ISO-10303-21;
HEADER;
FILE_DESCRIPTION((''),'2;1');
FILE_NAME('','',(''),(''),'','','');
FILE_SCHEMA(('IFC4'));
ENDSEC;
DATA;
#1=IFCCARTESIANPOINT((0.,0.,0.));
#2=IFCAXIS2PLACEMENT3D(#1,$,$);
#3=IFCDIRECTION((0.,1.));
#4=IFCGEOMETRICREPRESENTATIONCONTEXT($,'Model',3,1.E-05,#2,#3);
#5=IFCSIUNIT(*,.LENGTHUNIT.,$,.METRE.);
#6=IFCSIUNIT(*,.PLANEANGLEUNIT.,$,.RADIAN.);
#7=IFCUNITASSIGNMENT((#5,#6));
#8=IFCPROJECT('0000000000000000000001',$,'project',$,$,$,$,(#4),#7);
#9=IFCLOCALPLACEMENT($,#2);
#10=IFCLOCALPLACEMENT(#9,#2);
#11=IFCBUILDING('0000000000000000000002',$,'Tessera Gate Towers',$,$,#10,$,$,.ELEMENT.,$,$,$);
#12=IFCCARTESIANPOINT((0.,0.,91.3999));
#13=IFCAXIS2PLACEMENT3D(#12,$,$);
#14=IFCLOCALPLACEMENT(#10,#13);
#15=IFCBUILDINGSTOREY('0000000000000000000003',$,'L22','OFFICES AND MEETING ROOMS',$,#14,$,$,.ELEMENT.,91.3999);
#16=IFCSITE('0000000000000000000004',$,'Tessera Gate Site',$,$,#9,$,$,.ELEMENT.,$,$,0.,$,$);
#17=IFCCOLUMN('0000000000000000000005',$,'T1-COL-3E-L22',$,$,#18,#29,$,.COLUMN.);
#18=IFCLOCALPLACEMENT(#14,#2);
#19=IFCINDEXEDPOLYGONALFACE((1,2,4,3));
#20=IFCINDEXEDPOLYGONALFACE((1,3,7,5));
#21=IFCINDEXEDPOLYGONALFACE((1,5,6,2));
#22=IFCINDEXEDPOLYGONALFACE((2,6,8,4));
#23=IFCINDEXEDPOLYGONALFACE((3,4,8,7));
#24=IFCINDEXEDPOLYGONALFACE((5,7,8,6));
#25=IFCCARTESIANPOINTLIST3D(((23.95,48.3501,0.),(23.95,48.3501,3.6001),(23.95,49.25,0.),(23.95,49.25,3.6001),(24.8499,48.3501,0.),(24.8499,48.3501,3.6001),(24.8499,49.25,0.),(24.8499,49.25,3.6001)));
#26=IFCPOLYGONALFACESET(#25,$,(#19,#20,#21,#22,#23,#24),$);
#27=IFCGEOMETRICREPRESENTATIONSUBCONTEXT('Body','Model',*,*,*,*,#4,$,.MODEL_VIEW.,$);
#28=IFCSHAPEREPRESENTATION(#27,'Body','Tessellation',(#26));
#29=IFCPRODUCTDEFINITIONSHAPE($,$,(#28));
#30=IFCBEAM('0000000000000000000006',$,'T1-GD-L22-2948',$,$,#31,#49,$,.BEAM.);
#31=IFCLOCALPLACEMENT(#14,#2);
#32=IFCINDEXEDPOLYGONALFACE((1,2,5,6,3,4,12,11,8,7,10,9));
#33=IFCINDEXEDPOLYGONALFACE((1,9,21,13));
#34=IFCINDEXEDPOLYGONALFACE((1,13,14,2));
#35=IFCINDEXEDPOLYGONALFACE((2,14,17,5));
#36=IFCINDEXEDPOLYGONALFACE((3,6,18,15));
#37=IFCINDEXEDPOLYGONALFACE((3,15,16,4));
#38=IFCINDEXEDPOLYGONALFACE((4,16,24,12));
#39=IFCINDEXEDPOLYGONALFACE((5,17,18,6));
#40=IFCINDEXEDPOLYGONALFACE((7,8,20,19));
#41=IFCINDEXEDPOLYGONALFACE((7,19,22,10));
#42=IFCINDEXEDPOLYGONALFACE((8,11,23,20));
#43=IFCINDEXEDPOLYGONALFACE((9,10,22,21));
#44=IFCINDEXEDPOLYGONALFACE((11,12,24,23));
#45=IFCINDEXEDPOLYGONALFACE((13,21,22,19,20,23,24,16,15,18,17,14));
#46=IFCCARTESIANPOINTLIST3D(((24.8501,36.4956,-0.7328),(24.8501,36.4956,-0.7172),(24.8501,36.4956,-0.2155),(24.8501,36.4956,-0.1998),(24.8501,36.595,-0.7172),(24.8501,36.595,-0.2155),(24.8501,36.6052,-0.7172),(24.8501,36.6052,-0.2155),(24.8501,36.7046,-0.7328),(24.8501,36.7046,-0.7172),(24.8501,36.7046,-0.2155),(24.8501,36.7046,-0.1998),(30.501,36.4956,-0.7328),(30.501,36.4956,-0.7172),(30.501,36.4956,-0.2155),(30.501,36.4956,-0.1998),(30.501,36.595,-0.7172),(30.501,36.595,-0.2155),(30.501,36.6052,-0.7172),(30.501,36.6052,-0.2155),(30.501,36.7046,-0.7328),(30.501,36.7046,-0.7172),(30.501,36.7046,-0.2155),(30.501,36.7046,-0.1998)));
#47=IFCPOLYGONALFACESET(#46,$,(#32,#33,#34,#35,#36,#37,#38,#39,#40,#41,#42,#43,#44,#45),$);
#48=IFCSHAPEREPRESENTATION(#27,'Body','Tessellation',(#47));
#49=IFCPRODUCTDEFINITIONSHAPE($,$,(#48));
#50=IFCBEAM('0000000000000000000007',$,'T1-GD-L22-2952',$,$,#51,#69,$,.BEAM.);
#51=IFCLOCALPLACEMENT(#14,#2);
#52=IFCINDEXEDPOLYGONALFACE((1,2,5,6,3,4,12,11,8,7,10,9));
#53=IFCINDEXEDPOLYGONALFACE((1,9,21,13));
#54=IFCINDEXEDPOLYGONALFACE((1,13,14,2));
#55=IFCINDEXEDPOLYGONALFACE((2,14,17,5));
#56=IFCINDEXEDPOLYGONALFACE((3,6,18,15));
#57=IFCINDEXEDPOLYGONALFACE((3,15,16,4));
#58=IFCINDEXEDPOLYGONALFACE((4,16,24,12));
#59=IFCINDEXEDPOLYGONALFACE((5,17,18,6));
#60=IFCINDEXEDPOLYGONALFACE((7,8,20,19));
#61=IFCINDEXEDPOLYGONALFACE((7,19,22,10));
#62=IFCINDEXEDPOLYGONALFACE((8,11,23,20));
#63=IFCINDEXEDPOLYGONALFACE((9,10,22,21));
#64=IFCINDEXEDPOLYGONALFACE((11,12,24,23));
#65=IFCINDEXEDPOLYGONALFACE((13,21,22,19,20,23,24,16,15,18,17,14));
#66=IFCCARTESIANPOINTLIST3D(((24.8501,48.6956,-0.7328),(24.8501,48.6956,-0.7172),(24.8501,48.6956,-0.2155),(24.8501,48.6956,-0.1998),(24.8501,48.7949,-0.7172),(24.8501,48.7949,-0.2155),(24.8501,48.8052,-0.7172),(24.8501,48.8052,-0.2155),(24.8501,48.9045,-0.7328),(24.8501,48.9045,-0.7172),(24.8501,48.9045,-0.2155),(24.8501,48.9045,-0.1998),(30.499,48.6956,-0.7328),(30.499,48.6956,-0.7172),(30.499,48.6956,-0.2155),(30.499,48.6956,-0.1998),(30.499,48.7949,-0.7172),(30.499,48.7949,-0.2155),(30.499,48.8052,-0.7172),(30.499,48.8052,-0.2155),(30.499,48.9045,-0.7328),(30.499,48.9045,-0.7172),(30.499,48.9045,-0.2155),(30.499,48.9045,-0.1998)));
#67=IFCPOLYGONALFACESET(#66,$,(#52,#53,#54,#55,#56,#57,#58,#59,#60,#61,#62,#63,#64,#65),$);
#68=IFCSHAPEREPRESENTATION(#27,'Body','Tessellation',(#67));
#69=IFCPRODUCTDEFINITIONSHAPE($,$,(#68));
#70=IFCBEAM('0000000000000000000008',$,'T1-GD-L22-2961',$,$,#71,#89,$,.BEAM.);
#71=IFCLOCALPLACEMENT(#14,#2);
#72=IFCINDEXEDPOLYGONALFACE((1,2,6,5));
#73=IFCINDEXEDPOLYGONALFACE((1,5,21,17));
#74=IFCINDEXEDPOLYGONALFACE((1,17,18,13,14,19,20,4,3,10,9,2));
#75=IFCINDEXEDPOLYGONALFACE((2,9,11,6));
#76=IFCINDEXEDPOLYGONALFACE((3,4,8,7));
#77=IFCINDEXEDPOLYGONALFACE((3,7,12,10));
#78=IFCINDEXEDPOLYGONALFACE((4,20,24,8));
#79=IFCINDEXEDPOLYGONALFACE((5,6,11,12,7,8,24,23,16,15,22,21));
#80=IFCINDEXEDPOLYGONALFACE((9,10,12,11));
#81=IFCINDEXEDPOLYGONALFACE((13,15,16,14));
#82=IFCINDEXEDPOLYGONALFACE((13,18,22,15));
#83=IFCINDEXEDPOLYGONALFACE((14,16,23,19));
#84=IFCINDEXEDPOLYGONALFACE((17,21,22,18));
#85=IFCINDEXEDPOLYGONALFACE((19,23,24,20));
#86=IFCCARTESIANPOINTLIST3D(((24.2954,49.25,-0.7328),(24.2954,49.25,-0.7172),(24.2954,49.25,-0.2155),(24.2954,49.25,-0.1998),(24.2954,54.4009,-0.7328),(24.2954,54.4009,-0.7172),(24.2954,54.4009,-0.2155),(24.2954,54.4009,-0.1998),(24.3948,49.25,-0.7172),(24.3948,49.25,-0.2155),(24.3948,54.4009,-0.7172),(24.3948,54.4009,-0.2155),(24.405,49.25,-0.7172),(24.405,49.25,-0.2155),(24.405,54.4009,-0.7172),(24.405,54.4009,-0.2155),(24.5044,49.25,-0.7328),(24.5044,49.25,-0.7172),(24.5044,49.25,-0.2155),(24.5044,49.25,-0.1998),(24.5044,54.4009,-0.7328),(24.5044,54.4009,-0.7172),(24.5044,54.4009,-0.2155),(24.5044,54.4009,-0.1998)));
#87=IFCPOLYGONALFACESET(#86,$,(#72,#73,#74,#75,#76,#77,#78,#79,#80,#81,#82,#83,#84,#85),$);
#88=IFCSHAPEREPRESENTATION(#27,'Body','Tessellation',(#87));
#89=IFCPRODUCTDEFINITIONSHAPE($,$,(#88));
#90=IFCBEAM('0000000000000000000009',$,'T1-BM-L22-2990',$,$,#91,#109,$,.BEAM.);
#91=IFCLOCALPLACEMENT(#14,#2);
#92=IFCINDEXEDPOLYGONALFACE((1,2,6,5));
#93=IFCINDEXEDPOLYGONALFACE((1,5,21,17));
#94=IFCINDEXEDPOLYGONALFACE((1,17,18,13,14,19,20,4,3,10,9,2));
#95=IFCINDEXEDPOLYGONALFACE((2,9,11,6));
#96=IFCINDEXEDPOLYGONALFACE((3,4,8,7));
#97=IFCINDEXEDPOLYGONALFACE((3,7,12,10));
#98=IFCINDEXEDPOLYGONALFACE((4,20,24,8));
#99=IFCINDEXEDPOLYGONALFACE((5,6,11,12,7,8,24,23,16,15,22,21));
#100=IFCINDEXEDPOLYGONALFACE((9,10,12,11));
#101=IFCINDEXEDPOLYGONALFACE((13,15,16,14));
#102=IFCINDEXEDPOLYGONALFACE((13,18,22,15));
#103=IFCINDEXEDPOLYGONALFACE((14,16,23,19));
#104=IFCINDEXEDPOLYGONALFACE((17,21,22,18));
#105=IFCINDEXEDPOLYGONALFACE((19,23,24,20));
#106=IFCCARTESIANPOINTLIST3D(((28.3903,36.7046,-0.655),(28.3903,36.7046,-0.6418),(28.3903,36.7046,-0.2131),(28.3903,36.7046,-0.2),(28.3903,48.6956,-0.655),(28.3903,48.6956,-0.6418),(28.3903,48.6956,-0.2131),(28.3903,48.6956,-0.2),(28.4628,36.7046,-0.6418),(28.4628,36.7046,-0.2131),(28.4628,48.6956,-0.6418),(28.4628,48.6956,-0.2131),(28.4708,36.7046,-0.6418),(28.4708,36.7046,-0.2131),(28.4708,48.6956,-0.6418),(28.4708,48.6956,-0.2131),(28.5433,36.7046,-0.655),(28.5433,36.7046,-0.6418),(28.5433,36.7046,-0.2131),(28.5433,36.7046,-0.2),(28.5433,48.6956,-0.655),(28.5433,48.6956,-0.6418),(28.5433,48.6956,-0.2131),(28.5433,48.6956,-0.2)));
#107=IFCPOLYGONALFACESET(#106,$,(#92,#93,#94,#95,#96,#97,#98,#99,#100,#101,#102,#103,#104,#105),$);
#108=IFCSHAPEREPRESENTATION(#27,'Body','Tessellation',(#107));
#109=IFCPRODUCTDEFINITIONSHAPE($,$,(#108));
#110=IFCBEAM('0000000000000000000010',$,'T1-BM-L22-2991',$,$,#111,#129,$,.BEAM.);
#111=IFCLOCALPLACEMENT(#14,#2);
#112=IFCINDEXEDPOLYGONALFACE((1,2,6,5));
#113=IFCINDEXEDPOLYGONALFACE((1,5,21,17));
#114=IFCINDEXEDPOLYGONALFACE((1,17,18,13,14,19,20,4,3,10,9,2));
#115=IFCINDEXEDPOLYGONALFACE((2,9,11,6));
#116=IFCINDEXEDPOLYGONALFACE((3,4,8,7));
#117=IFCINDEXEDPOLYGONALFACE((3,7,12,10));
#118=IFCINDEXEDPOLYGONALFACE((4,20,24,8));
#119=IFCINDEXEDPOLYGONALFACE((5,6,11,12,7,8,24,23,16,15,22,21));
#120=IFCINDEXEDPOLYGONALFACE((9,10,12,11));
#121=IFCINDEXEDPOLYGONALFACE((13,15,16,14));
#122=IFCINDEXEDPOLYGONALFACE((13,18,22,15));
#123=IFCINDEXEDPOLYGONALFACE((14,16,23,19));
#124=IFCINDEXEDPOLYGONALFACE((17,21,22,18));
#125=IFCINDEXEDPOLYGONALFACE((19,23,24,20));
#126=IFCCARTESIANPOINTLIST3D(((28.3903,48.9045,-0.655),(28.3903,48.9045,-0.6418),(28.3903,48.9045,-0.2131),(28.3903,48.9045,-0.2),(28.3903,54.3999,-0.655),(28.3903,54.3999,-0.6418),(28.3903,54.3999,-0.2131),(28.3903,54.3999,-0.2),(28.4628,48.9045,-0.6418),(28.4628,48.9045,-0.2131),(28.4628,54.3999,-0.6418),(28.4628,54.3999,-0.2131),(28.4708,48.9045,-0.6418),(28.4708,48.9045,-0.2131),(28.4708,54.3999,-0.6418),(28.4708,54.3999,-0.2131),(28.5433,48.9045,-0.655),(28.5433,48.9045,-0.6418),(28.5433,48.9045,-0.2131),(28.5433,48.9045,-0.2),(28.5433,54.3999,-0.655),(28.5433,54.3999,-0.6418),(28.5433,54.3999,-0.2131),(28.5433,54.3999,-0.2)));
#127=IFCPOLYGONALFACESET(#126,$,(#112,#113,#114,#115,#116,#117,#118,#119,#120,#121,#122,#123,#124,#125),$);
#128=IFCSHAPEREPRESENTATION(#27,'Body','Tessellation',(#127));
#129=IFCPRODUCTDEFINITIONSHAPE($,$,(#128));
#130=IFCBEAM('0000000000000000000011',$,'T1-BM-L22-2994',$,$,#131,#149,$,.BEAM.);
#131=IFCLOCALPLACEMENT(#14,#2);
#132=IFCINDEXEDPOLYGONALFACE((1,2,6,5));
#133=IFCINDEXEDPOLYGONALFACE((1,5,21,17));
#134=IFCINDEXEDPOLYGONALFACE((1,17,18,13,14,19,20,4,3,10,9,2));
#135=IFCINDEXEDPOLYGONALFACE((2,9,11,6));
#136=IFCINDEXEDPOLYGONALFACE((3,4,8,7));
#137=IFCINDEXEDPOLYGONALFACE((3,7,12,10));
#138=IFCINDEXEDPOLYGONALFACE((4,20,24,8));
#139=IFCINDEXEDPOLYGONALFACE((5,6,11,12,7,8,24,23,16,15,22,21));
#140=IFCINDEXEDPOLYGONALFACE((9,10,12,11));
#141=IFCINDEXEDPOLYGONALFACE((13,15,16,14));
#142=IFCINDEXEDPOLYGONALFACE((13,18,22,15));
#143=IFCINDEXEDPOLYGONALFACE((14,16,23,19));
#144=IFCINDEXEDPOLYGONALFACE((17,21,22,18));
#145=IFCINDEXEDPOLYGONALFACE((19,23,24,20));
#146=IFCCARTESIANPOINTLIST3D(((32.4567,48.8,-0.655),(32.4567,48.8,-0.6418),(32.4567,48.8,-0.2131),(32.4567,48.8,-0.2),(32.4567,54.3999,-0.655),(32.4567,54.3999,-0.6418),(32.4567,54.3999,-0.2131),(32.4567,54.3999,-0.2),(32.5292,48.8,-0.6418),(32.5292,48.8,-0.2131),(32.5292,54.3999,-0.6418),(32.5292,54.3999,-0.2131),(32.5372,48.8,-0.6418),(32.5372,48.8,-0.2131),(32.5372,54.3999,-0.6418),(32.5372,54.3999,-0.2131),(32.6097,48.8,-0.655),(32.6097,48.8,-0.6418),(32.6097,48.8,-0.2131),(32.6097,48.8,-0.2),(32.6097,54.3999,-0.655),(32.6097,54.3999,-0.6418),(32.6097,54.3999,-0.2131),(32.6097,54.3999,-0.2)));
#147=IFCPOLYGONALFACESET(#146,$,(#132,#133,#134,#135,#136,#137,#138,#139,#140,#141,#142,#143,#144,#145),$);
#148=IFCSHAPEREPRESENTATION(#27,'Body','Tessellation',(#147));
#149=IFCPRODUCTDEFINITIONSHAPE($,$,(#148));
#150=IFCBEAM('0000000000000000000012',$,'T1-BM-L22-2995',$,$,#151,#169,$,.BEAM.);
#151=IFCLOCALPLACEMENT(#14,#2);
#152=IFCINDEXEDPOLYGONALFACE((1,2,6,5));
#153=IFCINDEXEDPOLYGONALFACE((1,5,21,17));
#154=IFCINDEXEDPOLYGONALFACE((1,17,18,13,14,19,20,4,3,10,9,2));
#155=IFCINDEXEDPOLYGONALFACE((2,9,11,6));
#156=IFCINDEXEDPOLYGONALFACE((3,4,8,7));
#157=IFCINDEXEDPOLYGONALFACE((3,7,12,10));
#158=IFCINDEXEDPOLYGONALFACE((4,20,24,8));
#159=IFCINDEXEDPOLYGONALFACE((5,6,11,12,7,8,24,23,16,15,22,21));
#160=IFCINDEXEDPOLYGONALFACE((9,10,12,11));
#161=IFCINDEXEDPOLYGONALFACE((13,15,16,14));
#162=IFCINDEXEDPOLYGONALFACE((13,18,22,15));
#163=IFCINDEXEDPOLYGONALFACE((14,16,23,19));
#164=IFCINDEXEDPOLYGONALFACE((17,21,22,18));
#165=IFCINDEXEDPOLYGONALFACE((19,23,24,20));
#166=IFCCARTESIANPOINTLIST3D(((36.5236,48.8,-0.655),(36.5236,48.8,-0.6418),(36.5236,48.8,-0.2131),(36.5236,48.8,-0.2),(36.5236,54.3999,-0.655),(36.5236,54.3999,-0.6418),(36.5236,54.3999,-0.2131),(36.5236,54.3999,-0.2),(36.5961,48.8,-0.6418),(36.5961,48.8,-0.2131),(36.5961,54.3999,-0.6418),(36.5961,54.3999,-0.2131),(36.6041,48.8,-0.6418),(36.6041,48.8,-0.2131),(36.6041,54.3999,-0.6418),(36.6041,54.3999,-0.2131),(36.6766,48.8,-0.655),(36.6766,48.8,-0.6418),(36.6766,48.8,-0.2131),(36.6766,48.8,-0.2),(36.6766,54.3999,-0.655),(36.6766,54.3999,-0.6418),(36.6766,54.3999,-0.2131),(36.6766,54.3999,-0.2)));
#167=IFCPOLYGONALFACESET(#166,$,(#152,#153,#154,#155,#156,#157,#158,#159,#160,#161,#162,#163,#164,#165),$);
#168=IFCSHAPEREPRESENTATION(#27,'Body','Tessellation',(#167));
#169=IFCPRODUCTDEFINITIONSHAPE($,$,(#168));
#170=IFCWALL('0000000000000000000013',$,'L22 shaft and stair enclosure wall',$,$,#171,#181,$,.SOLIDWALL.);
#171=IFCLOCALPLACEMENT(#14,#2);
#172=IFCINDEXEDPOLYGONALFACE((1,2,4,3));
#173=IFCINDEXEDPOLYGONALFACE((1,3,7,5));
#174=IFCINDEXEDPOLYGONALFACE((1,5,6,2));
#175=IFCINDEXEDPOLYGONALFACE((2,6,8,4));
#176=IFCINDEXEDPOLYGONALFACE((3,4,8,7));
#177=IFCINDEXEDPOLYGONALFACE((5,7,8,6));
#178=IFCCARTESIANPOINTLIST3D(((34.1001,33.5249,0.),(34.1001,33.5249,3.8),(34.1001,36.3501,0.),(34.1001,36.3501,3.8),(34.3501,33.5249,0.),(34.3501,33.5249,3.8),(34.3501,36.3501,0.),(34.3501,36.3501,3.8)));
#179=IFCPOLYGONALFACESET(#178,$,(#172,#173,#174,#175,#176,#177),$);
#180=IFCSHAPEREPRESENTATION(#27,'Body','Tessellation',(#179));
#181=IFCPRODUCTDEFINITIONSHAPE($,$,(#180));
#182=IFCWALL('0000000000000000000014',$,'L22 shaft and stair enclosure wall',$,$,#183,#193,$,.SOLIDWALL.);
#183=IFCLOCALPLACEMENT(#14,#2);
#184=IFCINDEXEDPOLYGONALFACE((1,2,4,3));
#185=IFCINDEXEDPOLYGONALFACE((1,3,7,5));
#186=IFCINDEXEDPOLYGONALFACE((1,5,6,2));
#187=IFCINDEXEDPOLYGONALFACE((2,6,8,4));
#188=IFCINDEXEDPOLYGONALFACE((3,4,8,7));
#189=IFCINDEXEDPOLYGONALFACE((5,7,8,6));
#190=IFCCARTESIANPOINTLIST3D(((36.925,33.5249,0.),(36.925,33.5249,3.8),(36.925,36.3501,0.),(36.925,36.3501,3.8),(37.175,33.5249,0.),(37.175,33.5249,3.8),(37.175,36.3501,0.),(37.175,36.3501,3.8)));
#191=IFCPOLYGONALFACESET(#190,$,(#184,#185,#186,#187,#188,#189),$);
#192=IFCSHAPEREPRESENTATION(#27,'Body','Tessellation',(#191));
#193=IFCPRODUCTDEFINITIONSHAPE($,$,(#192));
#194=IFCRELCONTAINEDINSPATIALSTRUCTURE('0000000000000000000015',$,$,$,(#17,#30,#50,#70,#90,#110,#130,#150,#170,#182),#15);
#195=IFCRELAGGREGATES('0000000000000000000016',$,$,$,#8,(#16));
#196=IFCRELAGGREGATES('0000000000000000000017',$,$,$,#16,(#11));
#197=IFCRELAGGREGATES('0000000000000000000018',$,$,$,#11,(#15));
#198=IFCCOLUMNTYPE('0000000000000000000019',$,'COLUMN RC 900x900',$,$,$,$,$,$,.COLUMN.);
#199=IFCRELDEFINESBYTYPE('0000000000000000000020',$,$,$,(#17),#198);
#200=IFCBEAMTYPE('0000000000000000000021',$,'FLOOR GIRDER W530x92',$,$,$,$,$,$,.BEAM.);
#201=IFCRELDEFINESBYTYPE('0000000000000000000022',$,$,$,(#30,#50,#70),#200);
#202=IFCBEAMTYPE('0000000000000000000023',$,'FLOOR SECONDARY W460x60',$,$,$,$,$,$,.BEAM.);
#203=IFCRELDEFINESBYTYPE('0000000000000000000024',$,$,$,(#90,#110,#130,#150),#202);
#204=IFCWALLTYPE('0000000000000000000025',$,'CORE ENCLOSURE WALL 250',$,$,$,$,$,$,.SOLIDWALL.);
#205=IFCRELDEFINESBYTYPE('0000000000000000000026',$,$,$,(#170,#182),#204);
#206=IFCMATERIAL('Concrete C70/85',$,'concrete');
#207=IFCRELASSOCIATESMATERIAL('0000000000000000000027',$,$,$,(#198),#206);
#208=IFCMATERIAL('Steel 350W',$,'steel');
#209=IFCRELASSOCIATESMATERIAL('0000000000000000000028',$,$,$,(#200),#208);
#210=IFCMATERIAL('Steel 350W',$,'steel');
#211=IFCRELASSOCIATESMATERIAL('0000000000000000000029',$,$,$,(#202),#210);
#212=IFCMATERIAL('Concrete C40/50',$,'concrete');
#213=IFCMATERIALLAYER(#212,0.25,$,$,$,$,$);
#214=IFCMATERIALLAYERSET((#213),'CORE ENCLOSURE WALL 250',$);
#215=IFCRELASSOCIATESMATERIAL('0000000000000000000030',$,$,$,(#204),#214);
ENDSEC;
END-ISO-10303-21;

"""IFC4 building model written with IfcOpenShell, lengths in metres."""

from ifc_helpers import new_model, si_unit, direction, frame, frame_2d, origin, origin_2d, place, context, subcontext, project, spatial, rectangle, i_section, extrude, material, layer, layer_set, material_profile, profile_set, type_object, element, save


model = new_model("IFC4")

# Units and contexts
model_context = context("Model", 3, precision=1e-05, world=origin(), true_north=direction((0.0, 1.0)))
body_context = subcontext(model_context, "Body", "Model", "MODEL_VIEW")
ifc_project = project(units=[si_unit("LENGTHUNIT", "METRE"), si_unit("PLANEANGLEUNIT", "RADIAN")], contexts=[model_context])

# Site, building, storey
site_placement = place(None, origin())
site = spatial("IfcSite", under=ifc_project, at=site_placement, Name="Tessera Gate Site", CompositionType="ELEMENT", RefElevation=0.0)
building_placement = place(site_placement, origin())
building = spatial("IfcBuilding", under=site, at=building_placement, Name="Tessera Gate Towers", CompositionType="ELEMENT")
storey_placement = place(building_placement, frame((0.0, 0.0, 91.3999)))
storey = spatial("IfcBuildingStorey", under=building, at=storey_placement, Name="L22", Description="OFFICES AND MEETING ROOMS", CompositionType="ELEMENT", Elevation=91.3999)

# Column
ifc_material_1 = material(Name="Concrete C70/85", Category="concrete")
ifc_material_profile_1 = material_profile(ifc_material_1, rectangle(XDim=0.8999, YDim=0.8999, at=origin_2d()), Name="RC 900x900")
ifc_profile_set_1 = profile_set([ifc_material_profile_1], Name="Concrete C70/85")
column_type = type_object("IfcColumnType", Name="COLUMN RC 900x900", PredefinedType="COLUMN", material=ifc_profile_set_1)
column_placement = place(storey_placement, frame((24.3999, 48.8, 0.0), z_axis=(0.0, 0.0, 1.0), x_axis=(1.0, 0.0, 0.0)))
element("IfcColumn", 1, at=column_placement, inside=storey, type_object=column_type, Name="T1-COL-3E-L22", PredefinedType="COLUMN", context=body_context, shape_type="SweptSolid", body=[
    extrude(rectangle(XDim=0.8999, YDim=0.8999, at=origin_2d()), origin(), (0.0, 0.0, 1.0), 3.6001),
])

# Beams
ifc_material_2 = material(Name="Steel 350W", Category="steel")
ifc_material_profile_2 = material_profile(ifc_material_2, i_section(OverallWidth=0.209, OverallDepth=0.533, WebThickness=0.0103, FlangeThickness=0.0156, at=origin_2d()), Name="W530x92")
ifc_profile_set_2 = profile_set([ifc_material_profile_2], Name="Steel 350W")
beam_type_1 = type_object("IfcBeamType", Name="FLOOR GIRDER W530x92", PredefinedType="BEAM", material=ifc_profile_set_2)
beam_1_placement = place(storey_placement, frame((24.8501, 36.6001, -0.4663), z_axis=(1.0, 0.0, 0.0), x_axis=(0.0, 1.0, 0.0)))
element("IfcBeam", 2, at=beam_1_placement, inside=storey, type_object=beam_type_1, Name="T1-GD-L22-2948", PredefinedType="BEAM", context=body_context, shape_type="SweptSolid", body=[
    extrude(i_section(OverallWidth=0.209, OverallDepth=0.533, WebThickness=0.0103, FlangeThickness=0.0156, at=origin_2d()), origin(), (0.0, 0.0, 1.0), 5.6509),
])
beam_2_placement = place(storey_placement, frame((24.8501, 48.8, -0.4663), z_axis=(1.0, 0.0, 0.0), x_axis=(0.0, 1.0, 0.0)))
element("IfcBeam", 3, at=beam_2_placement, inside=storey, type_object=beam_type_1, Name="T1-GD-L22-2952", PredefinedType="BEAM", context=body_context, shape_type="SweptSolid", body=[
    extrude(i_section(OverallWidth=0.209, OverallDepth=0.533, WebThickness=0.0103, FlangeThickness=0.0156, at=origin_2d()), origin(), (0.0, 0.0, 1.0), 5.6489),
])
beam_3_placement = place(storey_placement, frame((24.3999, 49.25, -0.4663), z_axis=(0.0, 1.0, 0.0), x_axis=(-1.0, 0.0, 0.0)))
element("IfcBeam", 4, at=beam_3_placement, inside=storey, type_object=beam_type_1, Name="T1-GD-L22-2961", PredefinedType="BEAM", context=body_context, shape_type="SweptSolid", body=[
    extrude(i_section(OverallWidth=0.209, OverallDepth=0.533, WebThickness=0.0103, FlangeThickness=0.0156, at=origin_2d()), origin(), (0.0, 0.0, 1.0), 5.1509),
])
ifc_material_3 = material(Name="Steel 350W", Category="steel")
ifc_material_profile_3 = material_profile(ifc_material_3, i_section(OverallWidth=0.1531, OverallDepth=0.4551, WebThickness=0.0081, FlangeThickness=0.0132, at=origin_2d()), Name="W460x60")
ifc_profile_set_3 = profile_set([ifc_material_profile_3], Name="Steel 350W")
beam_type_2 = type_object("IfcBeamType", Name="FLOOR SECONDARY W460x60", PredefinedType="BEAM", material=ifc_profile_set_3)
beam_4_placement = place(storey_placement, frame((28.4668, 36.7046, -0.4275), z_axis=(0.0, 1.0, 0.0), x_axis=(-1.0, 0.0, 0.0)))
element("IfcBeam", 5, at=beam_4_placement, inside=storey, type_object=beam_type_2, Name="T1-BM-L22-2990", PredefinedType="BEAM", context=body_context, shape_type="SweptSolid", body=[
    extrude(i_section(OverallWidth=0.1531, OverallDepth=0.4551, WebThickness=0.0081, FlangeThickness=0.0132, at=origin_2d()), origin(), (0.0, 0.0, 1.0), 11.991),
])
beam_5_placement = place(storey_placement, frame((28.4668, 48.9045, -0.4275), z_axis=(0.0, 1.0, 0.0), x_axis=(-1.0, 0.0, 0.0)))
element("IfcBeam", 6, at=beam_5_placement, inside=storey, type_object=beam_type_2, Name="T1-BM-L22-2991", PredefinedType="BEAM", context=body_context, shape_type="SweptSolid", body=[
    extrude(i_section(OverallWidth=0.1531, OverallDepth=0.4551, WebThickness=0.0081, FlangeThickness=0.0132, at=origin_2d()), origin(), (0.0, 0.0, 1.0), 5.4954),
])
for number, where, z_axis, x_axis, name in (
    (7, (32.5332, 48.8, -0.4275), (0.0, 1.0, 0.0), (-1.0, 0.0, 0.0), "T1-BM-L22-2994"),
    (8, (36.6001, 48.8, -0.4275), (0.0, 1.0, 0.0), (-1.0, 0.0, 0.0), "T1-BM-L22-2995"),
):
    element("IfcBeam", number, at=place(storey_placement, frame(where, z_axis=z_axis, x_axis=x_axis)), inside=storey, type_object=beam_type_2, Name=name, PredefinedType="BEAM", context=body_context, shape_type="SweptSolid", body=[
        extrude(i_section(OverallWidth=0.1531, OverallDepth=0.4551, WebThickness=0.0081, FlangeThickness=0.0132, at=origin_2d()), origin(), (0.0, 0.0, 1.0), 5.5999),
    ])

# Walls
ifc_material_4 = material(Name="Concrete C40/50", Category="concrete")
ifc_layer_1 = layer(ifc_material_4, 0.25)
ifc_layer_set_1 = layer_set([ifc_layer_1], Name="CORE ENCLOSURE WALL 250")
wall_type_1 = type_object("IfcWallType", Name="CORE ENCLOSURE WALL 250", PredefinedType="SOLIDWALL", material=ifc_layer_set_1)
for number, where, z_axis, x_axis, name in (
    (9, (34.2251, 33.5249, 0.0), (0.0, 0.0, 1.0), (0.0, 1.0, 0.0), "L22 shaft and stair enclosure wall"),
    (10, (37.05, 33.5249, 0.0), (0.0, 0.0, 1.0), (0.0, 1.0, 0.0), "L22 shaft and stair enclosure wall"),
):
    element("IfcWall", number, at=place(storey_placement, frame(where, z_axis=z_axis, x_axis=x_axis)), inside=storey, type_object=wall_type_1, Name=name, PredefinedType="SOLIDWALL", context=body_context, shape_type="SweptSolid", body=[
        extrude(rectangle(XDim=2.8252, YDim=0.25, at=frame_2d((1.4126, 0.0))), origin(), (0.0, 0.0, 1.0), 3.8),
    ])

save(model, "model.ifc")
